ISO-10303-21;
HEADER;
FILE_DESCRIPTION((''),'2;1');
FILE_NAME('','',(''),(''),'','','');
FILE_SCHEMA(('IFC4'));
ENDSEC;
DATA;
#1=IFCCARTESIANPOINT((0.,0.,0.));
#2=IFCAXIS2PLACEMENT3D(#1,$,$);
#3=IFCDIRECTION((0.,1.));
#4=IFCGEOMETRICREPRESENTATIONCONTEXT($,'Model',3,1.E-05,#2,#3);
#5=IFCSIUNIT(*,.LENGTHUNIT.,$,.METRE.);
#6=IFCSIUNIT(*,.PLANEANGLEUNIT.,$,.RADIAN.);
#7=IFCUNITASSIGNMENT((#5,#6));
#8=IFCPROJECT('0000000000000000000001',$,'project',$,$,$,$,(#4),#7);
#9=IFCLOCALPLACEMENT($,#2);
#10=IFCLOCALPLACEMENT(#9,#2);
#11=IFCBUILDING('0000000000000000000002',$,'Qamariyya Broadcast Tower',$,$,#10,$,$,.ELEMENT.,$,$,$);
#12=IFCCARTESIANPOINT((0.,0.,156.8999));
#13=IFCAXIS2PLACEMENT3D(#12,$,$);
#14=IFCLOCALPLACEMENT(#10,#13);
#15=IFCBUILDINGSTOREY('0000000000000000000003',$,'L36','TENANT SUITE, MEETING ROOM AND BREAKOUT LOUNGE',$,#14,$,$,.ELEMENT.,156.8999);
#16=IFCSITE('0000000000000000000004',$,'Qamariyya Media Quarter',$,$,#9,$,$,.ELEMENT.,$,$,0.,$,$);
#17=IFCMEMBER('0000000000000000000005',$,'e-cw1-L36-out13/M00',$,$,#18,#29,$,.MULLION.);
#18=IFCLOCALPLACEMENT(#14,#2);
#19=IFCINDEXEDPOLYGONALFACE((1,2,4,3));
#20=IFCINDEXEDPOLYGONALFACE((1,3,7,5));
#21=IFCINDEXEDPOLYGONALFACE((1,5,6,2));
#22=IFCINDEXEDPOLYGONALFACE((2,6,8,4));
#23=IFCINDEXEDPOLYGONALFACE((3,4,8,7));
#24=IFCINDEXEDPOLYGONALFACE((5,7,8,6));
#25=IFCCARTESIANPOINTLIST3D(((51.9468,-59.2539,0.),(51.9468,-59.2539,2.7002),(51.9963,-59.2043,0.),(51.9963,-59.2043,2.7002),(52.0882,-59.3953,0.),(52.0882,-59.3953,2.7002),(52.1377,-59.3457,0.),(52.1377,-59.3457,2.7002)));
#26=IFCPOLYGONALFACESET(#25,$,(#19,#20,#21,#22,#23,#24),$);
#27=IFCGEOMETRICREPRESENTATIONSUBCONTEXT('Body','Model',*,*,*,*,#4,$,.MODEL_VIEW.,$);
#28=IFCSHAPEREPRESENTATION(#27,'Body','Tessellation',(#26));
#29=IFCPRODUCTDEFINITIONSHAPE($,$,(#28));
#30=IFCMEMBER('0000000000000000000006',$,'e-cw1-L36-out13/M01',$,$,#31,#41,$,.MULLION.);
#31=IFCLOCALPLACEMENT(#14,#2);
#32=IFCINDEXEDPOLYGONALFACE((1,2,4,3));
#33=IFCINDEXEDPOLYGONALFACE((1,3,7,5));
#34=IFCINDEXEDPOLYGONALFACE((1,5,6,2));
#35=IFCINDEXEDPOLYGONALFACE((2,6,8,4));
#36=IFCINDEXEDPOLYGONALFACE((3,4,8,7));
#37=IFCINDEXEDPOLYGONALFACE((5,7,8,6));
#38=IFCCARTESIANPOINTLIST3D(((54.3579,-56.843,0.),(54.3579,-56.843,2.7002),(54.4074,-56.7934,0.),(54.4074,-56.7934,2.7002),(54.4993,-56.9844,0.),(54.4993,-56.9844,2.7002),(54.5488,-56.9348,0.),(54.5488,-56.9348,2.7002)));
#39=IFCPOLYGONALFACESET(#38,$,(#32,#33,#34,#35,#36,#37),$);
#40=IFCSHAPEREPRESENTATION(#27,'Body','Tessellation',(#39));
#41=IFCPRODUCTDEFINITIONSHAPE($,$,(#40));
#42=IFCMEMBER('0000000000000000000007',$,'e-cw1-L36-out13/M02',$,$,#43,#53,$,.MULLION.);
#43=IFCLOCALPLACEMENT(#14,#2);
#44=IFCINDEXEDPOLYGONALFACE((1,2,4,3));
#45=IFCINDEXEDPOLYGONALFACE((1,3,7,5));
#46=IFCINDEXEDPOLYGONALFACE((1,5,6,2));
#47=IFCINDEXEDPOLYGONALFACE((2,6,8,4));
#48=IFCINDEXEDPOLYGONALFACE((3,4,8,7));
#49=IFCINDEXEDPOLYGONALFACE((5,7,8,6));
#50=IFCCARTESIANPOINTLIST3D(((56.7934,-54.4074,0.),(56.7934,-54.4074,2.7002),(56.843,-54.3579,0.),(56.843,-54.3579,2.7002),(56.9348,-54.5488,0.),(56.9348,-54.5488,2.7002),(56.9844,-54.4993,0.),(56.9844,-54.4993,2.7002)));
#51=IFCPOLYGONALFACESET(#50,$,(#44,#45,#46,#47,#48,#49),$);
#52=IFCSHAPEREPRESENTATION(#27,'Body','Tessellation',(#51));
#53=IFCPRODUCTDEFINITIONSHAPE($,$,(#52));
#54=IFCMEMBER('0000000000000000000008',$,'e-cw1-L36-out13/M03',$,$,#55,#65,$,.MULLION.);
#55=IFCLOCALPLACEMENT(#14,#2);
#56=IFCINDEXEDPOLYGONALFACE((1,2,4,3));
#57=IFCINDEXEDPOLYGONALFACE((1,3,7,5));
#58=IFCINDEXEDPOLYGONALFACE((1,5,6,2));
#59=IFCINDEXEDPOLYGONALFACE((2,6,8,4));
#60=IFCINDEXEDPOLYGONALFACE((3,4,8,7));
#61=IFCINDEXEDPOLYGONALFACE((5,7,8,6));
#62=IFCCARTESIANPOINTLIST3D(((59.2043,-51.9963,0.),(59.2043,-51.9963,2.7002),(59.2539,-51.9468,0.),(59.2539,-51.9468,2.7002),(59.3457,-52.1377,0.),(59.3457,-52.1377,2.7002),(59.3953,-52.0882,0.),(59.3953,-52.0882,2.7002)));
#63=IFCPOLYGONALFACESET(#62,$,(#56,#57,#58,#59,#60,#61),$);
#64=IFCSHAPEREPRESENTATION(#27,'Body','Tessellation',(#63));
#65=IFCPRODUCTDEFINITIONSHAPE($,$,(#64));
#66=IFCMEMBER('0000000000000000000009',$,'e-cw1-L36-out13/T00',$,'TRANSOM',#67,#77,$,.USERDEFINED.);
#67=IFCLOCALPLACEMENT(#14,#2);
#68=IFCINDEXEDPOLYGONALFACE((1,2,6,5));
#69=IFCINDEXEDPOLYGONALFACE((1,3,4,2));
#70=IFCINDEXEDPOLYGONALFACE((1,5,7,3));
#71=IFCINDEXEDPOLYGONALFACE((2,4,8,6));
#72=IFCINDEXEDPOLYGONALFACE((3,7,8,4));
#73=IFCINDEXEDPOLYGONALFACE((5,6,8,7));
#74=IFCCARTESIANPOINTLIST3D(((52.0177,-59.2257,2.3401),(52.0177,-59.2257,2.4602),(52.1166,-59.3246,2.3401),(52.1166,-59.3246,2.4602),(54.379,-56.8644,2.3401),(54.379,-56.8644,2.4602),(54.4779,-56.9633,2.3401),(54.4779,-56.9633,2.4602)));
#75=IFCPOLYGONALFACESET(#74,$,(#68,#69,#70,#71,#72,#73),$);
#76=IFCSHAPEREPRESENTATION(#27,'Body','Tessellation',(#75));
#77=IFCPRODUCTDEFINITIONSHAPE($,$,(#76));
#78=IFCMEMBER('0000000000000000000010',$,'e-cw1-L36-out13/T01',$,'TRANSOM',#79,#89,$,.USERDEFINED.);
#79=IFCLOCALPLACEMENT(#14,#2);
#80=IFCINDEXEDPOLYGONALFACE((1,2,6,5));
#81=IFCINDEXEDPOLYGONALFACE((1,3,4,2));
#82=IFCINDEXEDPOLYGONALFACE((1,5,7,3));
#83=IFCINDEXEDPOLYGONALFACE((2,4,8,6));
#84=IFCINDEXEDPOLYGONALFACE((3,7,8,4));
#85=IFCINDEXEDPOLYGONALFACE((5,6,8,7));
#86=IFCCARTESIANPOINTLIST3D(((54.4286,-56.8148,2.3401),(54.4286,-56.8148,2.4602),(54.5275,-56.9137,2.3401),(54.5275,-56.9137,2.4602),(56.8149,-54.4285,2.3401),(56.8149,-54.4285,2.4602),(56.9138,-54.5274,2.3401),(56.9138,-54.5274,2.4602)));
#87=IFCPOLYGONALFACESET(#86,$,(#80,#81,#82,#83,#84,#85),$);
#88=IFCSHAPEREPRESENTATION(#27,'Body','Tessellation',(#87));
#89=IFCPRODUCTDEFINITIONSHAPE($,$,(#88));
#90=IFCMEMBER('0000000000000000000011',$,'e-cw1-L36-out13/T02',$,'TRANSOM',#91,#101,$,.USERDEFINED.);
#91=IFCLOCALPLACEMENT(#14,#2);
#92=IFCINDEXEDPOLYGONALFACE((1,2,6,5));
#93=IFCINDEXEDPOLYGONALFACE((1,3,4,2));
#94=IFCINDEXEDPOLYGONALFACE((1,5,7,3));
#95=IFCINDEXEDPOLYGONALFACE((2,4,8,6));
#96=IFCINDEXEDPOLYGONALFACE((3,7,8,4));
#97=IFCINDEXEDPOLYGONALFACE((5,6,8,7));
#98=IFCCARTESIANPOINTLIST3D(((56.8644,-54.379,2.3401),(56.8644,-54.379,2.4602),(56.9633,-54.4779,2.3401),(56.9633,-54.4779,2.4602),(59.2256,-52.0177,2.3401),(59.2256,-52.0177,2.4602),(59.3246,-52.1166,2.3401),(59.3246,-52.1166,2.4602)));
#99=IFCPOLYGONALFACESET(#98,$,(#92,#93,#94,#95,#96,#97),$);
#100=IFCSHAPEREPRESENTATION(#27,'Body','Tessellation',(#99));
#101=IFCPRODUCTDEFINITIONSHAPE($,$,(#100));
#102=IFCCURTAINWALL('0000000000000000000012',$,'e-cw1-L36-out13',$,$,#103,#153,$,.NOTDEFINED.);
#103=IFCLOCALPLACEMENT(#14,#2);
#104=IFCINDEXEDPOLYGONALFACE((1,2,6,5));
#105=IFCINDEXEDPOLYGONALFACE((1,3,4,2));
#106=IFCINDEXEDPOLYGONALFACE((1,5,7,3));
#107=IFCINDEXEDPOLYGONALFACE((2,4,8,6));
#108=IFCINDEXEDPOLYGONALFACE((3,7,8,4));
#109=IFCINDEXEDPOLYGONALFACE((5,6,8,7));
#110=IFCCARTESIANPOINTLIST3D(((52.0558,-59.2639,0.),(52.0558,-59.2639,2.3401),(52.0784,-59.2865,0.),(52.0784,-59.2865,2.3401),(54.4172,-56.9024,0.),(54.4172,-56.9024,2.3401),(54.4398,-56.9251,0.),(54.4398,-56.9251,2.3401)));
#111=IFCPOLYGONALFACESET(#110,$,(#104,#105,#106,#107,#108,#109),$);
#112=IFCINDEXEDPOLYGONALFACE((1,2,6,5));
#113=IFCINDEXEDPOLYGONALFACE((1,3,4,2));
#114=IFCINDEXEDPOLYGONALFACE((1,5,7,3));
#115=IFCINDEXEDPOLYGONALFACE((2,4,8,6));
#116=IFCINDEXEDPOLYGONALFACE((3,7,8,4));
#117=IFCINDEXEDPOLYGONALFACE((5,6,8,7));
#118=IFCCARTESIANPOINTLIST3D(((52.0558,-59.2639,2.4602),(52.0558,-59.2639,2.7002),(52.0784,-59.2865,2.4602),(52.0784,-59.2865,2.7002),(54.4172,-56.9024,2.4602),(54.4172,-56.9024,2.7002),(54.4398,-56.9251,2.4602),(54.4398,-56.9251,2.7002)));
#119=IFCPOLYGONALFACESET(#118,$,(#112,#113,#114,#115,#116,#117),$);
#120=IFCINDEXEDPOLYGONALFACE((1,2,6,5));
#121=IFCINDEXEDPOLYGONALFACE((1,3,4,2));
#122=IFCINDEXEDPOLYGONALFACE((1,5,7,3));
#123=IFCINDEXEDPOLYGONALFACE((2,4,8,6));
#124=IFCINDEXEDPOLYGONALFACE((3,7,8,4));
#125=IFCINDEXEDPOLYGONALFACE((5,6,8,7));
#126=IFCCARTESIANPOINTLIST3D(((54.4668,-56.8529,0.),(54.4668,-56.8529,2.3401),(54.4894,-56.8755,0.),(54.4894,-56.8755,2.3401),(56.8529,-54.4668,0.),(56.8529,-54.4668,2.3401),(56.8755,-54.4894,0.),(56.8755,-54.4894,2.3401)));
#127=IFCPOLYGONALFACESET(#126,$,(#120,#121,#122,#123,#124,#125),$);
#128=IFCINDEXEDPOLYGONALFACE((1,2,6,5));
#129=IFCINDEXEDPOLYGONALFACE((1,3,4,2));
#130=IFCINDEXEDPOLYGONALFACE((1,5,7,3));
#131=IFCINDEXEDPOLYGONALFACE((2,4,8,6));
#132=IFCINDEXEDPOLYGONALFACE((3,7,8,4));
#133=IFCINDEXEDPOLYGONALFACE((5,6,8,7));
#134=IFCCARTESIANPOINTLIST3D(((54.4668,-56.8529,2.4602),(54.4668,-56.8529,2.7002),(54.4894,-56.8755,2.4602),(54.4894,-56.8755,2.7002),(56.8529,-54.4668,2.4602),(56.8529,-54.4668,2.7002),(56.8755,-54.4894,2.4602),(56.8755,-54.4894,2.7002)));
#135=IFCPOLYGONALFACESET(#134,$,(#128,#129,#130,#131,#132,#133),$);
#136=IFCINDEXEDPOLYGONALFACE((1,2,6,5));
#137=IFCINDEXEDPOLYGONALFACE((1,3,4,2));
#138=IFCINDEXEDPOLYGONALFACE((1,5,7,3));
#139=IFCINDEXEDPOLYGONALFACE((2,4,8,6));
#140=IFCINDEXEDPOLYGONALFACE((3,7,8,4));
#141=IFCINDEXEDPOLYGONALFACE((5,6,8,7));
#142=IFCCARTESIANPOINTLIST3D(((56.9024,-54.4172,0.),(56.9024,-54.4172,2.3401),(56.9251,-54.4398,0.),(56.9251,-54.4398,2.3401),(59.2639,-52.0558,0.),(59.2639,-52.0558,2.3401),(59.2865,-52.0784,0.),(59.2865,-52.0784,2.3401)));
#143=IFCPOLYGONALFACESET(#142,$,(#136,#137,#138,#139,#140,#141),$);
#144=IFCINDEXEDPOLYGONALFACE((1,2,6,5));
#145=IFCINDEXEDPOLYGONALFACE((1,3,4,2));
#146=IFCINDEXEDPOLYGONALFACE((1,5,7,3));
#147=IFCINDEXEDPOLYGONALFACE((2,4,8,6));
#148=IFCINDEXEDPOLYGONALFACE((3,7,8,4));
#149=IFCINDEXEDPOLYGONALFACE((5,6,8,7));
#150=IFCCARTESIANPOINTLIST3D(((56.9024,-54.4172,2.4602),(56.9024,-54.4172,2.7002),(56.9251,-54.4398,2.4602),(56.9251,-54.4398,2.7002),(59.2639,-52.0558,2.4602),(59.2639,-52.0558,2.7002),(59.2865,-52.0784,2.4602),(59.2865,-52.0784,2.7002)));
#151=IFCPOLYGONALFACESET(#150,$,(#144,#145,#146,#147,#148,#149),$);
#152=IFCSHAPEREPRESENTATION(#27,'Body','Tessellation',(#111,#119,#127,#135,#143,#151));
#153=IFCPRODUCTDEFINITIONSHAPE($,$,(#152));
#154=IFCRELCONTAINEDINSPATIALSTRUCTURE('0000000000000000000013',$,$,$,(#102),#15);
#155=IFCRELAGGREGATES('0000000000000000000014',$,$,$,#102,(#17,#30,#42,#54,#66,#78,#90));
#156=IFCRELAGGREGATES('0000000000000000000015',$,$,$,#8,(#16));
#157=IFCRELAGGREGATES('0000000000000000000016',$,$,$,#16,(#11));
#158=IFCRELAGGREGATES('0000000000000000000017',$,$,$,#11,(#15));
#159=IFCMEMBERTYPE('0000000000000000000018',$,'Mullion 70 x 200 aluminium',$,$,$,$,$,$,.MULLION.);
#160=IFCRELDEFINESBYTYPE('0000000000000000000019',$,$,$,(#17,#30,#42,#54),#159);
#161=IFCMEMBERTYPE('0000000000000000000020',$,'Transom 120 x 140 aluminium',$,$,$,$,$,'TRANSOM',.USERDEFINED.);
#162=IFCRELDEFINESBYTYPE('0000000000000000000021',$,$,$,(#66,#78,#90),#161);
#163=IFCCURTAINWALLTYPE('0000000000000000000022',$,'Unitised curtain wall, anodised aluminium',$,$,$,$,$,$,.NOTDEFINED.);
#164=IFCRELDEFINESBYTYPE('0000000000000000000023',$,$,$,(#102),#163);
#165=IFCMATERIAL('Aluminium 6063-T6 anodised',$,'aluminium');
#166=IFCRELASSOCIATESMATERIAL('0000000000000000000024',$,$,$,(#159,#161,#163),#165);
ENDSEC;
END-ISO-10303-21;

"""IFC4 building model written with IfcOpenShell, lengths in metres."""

from ifc_helpers import new_model, si_unit, direction, frame, origin, origin_2d, place, context, subcontext, project, spatial, rectangle, extrude, material, material_profile, profile_set, type_object, element, aggregate, save


model = new_model("IFC4")

# Units and contexts
model_context = context("Model", 3, precision=1e-05, world=origin(), true_north=direction((0.0, 1.0)))
body_context = subcontext(model_context, "Body", "Model", "MODEL_VIEW")
ifc_project = project(units=[si_unit("LENGTHUNIT", "METRE"), si_unit("PLANEANGLEUNIT", "RADIAN")], contexts=[model_context])

# Members
ifc_material = material(Name="Aluminium 6063-T6 anodised", Category="aluminium")
ifc_material_profile_1 = material_profile(ifc_material, rectangle(XDim=0.2, YDim=0.0701, at=origin_2d()))
ifc_profile_set_1 = profile_set([ifc_material_profile_1], Name="Aluminium 6063-T6 anodised")
member_type_1 = type_object("IfcMemberType", Name="Mullion 70 x 200 aluminium", PredefinedType="MULLION", material=ifc_profile_set_1)
site_placement = place(None, origin())
building_placement = place(site_placement, origin())
storey_placement = place(building_placement, frame((0.0, 0.0, 156.8999)))
member_1_placement = place(storey_placement, frame((52.0422, -59.2998, 0.0), z_axis=(0.0, 0.0, 1.0), x_axis=(-0.707107, 0.707107, 0.0)))
member_1 = element("IfcMember", 1, at=member_1_placement, type_object=member_type_1, Name="e-cw1-L36-out13/M00", PredefinedType="MULLION", context=body_context, shape_type="SweptSolid", body=[
    extrude(rectangle(XDim=0.2, YDim=0.0701, at=origin_2d()), origin(), (0.0, 0.0, 1.0), 2.7002),
])
member_2_placement = place(storey_placement, frame((54.4534, -56.8889, 0.0), z_axis=(0.0, 0.0, 1.0), x_axis=(-0.707107, 0.707107, 0.0)))
member_2 = element("IfcMember", 2, at=member_2_placement, type_object=member_type_1, Name="e-cw1-L36-out13/M01", PredefinedType="MULLION", context=body_context, shape_type="SweptSolid", body=[
    extrude(rectangle(XDim=0.2, YDim=0.0701, at=origin_2d()), origin(), (0.0, 0.0, 1.0), 2.7002),
])
member_3_placement = place(storey_placement, frame((56.8889, -54.4534, 0.0), z_axis=(0.0, 0.0, 1.0), x_axis=(-0.707107, 0.707107, 0.0)))
member_3 = element("IfcMember", 3, at=member_3_placement, type_object=member_type_1, Name="e-cw1-L36-out13/M02", PredefinedType="MULLION", context=body_context, shape_type="SweptSolid", body=[
    extrude(rectangle(XDim=0.2, YDim=0.0701, at=origin_2d()), origin(), (0.0, 0.0, 1.0), 2.7002),
])
member_4_placement = place(storey_placement, frame((59.2998, -52.0422, 0.0), z_axis=(0.0, 0.0, 1.0), x_axis=(-0.707107, 0.707107, 0.0)))
member_4 = element("IfcMember", 4, at=member_4_placement, type_object=member_type_1, Name="e-cw1-L36-out13/M03", PredefinedType="MULLION", context=body_context, shape_type="SweptSolid", body=[
    extrude(rectangle(XDim=0.2, YDim=0.0701, at=origin_2d()), origin(), (0.0, 0.0, 1.0), 2.7002),
])
ifc_material_profile_2 = material_profile(ifc_material, rectangle(XDim=0.1399, YDim=0.1201, at=origin_2d()))
ifc_profile_set_2 = profile_set([ifc_material_profile_2], Name="Aluminium 6063-T6 anodised")
member_type_2 = type_object("IfcMemberType", Name="Transom 120 x 140 aluminium", ElementType="TRANSOM", PredefinedType="USERDEFINED", material=ifc_profile_set_2)
member_5_placement = place(storey_placement, frame((52.0671, -59.2751, 2.4001), z_axis=(0.707107, 0.707107, 0.0), x_axis=(-0.707107, 0.707107, 0.0)))
member_5 = element("IfcMember", 5, at=member_5_placement, type_object=member_type_2, Name="e-cw1-L36-out13/T00", ObjectType="TRANSOM", PredefinedType="USERDEFINED", context=body_context, shape_type="SweptSolid", body=[
    extrude(rectangle(XDim=0.1399, YDim=0.1201, at=origin_2d()), origin(), (0.0, 0.0, 1.0), 3.3394),
])
member_6_placement = place(storey_placement, frame((54.478, -56.8643, 2.4001), z_axis=(0.707107, 0.707107, 0.0), x_axis=(-0.707107, 0.707107, 0.0)))
member_6 = element("IfcMember", 6, at=member_6_placement, type_object=member_type_2, Name="e-cw1-L36-out13/T01", ObjectType="TRANSOM", PredefinedType="USERDEFINED", context=body_context, shape_type="SweptSolid", body=[
    extrude(rectangle(XDim=0.1399, YDim=0.1201, at=origin_2d()), origin(), (0.0, 0.0, 1.0), 3.3748),
])
member_7_placement = place(storey_placement, frame((56.9138, -54.4285, 2.4001), z_axis=(0.707107, 0.707107, 0.0), x_axis=(-0.707107, 0.707107, 0.0)))
member_7 = element("IfcMember", 7, at=member_7_placement, type_object=member_type_2, Name="e-cw1-L36-out13/T02", ObjectType="TRANSOM", PredefinedType="USERDEFINED", context=body_context, shape_type="SweptSolid", body=[
    extrude(rectangle(XDim=0.1399, YDim=0.1201, at=origin_2d()), origin(), (0.0, 0.0, 1.0), 3.3394),
])

# Site, building, storey
site = spatial("IfcSite", under=ifc_project, at=site_placement, Name="Qamariyya Media Quarter", CompositionType="ELEMENT", RefElevation=0.0)
building = spatial("IfcBuilding", under=site, at=building_placement, Name="Qamariyya Broadcast Tower", CompositionType="ELEMENT")
storey = spatial("IfcBuildingStorey", under=building, at=storey_placement, Name="L36", Description="TENANT SUITE, MEETING ROOM AND BREAKOUT LOUNGE", CompositionType="ELEMENT", Elevation=156.8999)

# Curtain wall
curtain_wall_type = type_object("IfcCurtainWallType", Name="Unitised curtain wall, anodised aluminium", PredefinedType="NOTDEFINED", material=ifc_material)
curtain_wall_1_placement = place(storey_placement, origin())
curtain_wall_1 = element("IfcCurtainWall", 8, at=curtain_wall_1_placement, inside=storey, type_object=curtain_wall_type, Name="e-cw1-L36-out13", PredefinedType="NOTDEFINED", context=body_context, shape_type="SweptSolid", body=[
    extrude(rectangle(XDim=3.3396, YDim=0.032, at=origin_2d()), frame((53.2478, -58.0945, 0.0), x_axis=(0.707107, 0.707107, 0.0)), (0.0, 0.0, 1.0), 2.3401),
    extrude(rectangle(XDim=3.3396, YDim=0.032, at=origin_2d()), frame((53.2478, -58.0945, 2.4602), x_axis=(0.707107, 0.707107, 0.0)), (0.0, 0.0, 1.0), 0.24),
    extrude(rectangle(XDim=3.3745, YDim=0.032, at=origin_2d()), frame((55.6711, -55.6711, 0.0), x_axis=(0.707107, 0.707107, 0.0)), (0.0, 0.0, 1.0), 2.3401),
    extrude(rectangle(XDim=3.3745, YDim=0.032, at=origin_2d()), frame((55.6711, -55.6711, 2.4602), x_axis=(0.707107, 0.707107, 0.0)), (0.0, 0.0, 1.0), 0.24),
    extrude(rectangle(XDim=3.3396, YDim=0.032, at=origin_2d()), frame((58.0945, -53.2478, 0.0), x_axis=(0.707107, 0.707107, 0.0)), (0.0, 0.0, 1.0), 2.3401),
    extrude(rectangle(XDim=3.3396, YDim=0.032, at=origin_2d()), frame((58.0945, -53.2478, 2.4602), x_axis=(0.707107, 0.707107, 0.0)), (0.0, 0.0, 1.0), 0.24),
])
aggregate(curtain_wall_1, [member_1, member_2, member_3, member_4, member_5, member_6, member_7])

save(model, "model.ifc")
